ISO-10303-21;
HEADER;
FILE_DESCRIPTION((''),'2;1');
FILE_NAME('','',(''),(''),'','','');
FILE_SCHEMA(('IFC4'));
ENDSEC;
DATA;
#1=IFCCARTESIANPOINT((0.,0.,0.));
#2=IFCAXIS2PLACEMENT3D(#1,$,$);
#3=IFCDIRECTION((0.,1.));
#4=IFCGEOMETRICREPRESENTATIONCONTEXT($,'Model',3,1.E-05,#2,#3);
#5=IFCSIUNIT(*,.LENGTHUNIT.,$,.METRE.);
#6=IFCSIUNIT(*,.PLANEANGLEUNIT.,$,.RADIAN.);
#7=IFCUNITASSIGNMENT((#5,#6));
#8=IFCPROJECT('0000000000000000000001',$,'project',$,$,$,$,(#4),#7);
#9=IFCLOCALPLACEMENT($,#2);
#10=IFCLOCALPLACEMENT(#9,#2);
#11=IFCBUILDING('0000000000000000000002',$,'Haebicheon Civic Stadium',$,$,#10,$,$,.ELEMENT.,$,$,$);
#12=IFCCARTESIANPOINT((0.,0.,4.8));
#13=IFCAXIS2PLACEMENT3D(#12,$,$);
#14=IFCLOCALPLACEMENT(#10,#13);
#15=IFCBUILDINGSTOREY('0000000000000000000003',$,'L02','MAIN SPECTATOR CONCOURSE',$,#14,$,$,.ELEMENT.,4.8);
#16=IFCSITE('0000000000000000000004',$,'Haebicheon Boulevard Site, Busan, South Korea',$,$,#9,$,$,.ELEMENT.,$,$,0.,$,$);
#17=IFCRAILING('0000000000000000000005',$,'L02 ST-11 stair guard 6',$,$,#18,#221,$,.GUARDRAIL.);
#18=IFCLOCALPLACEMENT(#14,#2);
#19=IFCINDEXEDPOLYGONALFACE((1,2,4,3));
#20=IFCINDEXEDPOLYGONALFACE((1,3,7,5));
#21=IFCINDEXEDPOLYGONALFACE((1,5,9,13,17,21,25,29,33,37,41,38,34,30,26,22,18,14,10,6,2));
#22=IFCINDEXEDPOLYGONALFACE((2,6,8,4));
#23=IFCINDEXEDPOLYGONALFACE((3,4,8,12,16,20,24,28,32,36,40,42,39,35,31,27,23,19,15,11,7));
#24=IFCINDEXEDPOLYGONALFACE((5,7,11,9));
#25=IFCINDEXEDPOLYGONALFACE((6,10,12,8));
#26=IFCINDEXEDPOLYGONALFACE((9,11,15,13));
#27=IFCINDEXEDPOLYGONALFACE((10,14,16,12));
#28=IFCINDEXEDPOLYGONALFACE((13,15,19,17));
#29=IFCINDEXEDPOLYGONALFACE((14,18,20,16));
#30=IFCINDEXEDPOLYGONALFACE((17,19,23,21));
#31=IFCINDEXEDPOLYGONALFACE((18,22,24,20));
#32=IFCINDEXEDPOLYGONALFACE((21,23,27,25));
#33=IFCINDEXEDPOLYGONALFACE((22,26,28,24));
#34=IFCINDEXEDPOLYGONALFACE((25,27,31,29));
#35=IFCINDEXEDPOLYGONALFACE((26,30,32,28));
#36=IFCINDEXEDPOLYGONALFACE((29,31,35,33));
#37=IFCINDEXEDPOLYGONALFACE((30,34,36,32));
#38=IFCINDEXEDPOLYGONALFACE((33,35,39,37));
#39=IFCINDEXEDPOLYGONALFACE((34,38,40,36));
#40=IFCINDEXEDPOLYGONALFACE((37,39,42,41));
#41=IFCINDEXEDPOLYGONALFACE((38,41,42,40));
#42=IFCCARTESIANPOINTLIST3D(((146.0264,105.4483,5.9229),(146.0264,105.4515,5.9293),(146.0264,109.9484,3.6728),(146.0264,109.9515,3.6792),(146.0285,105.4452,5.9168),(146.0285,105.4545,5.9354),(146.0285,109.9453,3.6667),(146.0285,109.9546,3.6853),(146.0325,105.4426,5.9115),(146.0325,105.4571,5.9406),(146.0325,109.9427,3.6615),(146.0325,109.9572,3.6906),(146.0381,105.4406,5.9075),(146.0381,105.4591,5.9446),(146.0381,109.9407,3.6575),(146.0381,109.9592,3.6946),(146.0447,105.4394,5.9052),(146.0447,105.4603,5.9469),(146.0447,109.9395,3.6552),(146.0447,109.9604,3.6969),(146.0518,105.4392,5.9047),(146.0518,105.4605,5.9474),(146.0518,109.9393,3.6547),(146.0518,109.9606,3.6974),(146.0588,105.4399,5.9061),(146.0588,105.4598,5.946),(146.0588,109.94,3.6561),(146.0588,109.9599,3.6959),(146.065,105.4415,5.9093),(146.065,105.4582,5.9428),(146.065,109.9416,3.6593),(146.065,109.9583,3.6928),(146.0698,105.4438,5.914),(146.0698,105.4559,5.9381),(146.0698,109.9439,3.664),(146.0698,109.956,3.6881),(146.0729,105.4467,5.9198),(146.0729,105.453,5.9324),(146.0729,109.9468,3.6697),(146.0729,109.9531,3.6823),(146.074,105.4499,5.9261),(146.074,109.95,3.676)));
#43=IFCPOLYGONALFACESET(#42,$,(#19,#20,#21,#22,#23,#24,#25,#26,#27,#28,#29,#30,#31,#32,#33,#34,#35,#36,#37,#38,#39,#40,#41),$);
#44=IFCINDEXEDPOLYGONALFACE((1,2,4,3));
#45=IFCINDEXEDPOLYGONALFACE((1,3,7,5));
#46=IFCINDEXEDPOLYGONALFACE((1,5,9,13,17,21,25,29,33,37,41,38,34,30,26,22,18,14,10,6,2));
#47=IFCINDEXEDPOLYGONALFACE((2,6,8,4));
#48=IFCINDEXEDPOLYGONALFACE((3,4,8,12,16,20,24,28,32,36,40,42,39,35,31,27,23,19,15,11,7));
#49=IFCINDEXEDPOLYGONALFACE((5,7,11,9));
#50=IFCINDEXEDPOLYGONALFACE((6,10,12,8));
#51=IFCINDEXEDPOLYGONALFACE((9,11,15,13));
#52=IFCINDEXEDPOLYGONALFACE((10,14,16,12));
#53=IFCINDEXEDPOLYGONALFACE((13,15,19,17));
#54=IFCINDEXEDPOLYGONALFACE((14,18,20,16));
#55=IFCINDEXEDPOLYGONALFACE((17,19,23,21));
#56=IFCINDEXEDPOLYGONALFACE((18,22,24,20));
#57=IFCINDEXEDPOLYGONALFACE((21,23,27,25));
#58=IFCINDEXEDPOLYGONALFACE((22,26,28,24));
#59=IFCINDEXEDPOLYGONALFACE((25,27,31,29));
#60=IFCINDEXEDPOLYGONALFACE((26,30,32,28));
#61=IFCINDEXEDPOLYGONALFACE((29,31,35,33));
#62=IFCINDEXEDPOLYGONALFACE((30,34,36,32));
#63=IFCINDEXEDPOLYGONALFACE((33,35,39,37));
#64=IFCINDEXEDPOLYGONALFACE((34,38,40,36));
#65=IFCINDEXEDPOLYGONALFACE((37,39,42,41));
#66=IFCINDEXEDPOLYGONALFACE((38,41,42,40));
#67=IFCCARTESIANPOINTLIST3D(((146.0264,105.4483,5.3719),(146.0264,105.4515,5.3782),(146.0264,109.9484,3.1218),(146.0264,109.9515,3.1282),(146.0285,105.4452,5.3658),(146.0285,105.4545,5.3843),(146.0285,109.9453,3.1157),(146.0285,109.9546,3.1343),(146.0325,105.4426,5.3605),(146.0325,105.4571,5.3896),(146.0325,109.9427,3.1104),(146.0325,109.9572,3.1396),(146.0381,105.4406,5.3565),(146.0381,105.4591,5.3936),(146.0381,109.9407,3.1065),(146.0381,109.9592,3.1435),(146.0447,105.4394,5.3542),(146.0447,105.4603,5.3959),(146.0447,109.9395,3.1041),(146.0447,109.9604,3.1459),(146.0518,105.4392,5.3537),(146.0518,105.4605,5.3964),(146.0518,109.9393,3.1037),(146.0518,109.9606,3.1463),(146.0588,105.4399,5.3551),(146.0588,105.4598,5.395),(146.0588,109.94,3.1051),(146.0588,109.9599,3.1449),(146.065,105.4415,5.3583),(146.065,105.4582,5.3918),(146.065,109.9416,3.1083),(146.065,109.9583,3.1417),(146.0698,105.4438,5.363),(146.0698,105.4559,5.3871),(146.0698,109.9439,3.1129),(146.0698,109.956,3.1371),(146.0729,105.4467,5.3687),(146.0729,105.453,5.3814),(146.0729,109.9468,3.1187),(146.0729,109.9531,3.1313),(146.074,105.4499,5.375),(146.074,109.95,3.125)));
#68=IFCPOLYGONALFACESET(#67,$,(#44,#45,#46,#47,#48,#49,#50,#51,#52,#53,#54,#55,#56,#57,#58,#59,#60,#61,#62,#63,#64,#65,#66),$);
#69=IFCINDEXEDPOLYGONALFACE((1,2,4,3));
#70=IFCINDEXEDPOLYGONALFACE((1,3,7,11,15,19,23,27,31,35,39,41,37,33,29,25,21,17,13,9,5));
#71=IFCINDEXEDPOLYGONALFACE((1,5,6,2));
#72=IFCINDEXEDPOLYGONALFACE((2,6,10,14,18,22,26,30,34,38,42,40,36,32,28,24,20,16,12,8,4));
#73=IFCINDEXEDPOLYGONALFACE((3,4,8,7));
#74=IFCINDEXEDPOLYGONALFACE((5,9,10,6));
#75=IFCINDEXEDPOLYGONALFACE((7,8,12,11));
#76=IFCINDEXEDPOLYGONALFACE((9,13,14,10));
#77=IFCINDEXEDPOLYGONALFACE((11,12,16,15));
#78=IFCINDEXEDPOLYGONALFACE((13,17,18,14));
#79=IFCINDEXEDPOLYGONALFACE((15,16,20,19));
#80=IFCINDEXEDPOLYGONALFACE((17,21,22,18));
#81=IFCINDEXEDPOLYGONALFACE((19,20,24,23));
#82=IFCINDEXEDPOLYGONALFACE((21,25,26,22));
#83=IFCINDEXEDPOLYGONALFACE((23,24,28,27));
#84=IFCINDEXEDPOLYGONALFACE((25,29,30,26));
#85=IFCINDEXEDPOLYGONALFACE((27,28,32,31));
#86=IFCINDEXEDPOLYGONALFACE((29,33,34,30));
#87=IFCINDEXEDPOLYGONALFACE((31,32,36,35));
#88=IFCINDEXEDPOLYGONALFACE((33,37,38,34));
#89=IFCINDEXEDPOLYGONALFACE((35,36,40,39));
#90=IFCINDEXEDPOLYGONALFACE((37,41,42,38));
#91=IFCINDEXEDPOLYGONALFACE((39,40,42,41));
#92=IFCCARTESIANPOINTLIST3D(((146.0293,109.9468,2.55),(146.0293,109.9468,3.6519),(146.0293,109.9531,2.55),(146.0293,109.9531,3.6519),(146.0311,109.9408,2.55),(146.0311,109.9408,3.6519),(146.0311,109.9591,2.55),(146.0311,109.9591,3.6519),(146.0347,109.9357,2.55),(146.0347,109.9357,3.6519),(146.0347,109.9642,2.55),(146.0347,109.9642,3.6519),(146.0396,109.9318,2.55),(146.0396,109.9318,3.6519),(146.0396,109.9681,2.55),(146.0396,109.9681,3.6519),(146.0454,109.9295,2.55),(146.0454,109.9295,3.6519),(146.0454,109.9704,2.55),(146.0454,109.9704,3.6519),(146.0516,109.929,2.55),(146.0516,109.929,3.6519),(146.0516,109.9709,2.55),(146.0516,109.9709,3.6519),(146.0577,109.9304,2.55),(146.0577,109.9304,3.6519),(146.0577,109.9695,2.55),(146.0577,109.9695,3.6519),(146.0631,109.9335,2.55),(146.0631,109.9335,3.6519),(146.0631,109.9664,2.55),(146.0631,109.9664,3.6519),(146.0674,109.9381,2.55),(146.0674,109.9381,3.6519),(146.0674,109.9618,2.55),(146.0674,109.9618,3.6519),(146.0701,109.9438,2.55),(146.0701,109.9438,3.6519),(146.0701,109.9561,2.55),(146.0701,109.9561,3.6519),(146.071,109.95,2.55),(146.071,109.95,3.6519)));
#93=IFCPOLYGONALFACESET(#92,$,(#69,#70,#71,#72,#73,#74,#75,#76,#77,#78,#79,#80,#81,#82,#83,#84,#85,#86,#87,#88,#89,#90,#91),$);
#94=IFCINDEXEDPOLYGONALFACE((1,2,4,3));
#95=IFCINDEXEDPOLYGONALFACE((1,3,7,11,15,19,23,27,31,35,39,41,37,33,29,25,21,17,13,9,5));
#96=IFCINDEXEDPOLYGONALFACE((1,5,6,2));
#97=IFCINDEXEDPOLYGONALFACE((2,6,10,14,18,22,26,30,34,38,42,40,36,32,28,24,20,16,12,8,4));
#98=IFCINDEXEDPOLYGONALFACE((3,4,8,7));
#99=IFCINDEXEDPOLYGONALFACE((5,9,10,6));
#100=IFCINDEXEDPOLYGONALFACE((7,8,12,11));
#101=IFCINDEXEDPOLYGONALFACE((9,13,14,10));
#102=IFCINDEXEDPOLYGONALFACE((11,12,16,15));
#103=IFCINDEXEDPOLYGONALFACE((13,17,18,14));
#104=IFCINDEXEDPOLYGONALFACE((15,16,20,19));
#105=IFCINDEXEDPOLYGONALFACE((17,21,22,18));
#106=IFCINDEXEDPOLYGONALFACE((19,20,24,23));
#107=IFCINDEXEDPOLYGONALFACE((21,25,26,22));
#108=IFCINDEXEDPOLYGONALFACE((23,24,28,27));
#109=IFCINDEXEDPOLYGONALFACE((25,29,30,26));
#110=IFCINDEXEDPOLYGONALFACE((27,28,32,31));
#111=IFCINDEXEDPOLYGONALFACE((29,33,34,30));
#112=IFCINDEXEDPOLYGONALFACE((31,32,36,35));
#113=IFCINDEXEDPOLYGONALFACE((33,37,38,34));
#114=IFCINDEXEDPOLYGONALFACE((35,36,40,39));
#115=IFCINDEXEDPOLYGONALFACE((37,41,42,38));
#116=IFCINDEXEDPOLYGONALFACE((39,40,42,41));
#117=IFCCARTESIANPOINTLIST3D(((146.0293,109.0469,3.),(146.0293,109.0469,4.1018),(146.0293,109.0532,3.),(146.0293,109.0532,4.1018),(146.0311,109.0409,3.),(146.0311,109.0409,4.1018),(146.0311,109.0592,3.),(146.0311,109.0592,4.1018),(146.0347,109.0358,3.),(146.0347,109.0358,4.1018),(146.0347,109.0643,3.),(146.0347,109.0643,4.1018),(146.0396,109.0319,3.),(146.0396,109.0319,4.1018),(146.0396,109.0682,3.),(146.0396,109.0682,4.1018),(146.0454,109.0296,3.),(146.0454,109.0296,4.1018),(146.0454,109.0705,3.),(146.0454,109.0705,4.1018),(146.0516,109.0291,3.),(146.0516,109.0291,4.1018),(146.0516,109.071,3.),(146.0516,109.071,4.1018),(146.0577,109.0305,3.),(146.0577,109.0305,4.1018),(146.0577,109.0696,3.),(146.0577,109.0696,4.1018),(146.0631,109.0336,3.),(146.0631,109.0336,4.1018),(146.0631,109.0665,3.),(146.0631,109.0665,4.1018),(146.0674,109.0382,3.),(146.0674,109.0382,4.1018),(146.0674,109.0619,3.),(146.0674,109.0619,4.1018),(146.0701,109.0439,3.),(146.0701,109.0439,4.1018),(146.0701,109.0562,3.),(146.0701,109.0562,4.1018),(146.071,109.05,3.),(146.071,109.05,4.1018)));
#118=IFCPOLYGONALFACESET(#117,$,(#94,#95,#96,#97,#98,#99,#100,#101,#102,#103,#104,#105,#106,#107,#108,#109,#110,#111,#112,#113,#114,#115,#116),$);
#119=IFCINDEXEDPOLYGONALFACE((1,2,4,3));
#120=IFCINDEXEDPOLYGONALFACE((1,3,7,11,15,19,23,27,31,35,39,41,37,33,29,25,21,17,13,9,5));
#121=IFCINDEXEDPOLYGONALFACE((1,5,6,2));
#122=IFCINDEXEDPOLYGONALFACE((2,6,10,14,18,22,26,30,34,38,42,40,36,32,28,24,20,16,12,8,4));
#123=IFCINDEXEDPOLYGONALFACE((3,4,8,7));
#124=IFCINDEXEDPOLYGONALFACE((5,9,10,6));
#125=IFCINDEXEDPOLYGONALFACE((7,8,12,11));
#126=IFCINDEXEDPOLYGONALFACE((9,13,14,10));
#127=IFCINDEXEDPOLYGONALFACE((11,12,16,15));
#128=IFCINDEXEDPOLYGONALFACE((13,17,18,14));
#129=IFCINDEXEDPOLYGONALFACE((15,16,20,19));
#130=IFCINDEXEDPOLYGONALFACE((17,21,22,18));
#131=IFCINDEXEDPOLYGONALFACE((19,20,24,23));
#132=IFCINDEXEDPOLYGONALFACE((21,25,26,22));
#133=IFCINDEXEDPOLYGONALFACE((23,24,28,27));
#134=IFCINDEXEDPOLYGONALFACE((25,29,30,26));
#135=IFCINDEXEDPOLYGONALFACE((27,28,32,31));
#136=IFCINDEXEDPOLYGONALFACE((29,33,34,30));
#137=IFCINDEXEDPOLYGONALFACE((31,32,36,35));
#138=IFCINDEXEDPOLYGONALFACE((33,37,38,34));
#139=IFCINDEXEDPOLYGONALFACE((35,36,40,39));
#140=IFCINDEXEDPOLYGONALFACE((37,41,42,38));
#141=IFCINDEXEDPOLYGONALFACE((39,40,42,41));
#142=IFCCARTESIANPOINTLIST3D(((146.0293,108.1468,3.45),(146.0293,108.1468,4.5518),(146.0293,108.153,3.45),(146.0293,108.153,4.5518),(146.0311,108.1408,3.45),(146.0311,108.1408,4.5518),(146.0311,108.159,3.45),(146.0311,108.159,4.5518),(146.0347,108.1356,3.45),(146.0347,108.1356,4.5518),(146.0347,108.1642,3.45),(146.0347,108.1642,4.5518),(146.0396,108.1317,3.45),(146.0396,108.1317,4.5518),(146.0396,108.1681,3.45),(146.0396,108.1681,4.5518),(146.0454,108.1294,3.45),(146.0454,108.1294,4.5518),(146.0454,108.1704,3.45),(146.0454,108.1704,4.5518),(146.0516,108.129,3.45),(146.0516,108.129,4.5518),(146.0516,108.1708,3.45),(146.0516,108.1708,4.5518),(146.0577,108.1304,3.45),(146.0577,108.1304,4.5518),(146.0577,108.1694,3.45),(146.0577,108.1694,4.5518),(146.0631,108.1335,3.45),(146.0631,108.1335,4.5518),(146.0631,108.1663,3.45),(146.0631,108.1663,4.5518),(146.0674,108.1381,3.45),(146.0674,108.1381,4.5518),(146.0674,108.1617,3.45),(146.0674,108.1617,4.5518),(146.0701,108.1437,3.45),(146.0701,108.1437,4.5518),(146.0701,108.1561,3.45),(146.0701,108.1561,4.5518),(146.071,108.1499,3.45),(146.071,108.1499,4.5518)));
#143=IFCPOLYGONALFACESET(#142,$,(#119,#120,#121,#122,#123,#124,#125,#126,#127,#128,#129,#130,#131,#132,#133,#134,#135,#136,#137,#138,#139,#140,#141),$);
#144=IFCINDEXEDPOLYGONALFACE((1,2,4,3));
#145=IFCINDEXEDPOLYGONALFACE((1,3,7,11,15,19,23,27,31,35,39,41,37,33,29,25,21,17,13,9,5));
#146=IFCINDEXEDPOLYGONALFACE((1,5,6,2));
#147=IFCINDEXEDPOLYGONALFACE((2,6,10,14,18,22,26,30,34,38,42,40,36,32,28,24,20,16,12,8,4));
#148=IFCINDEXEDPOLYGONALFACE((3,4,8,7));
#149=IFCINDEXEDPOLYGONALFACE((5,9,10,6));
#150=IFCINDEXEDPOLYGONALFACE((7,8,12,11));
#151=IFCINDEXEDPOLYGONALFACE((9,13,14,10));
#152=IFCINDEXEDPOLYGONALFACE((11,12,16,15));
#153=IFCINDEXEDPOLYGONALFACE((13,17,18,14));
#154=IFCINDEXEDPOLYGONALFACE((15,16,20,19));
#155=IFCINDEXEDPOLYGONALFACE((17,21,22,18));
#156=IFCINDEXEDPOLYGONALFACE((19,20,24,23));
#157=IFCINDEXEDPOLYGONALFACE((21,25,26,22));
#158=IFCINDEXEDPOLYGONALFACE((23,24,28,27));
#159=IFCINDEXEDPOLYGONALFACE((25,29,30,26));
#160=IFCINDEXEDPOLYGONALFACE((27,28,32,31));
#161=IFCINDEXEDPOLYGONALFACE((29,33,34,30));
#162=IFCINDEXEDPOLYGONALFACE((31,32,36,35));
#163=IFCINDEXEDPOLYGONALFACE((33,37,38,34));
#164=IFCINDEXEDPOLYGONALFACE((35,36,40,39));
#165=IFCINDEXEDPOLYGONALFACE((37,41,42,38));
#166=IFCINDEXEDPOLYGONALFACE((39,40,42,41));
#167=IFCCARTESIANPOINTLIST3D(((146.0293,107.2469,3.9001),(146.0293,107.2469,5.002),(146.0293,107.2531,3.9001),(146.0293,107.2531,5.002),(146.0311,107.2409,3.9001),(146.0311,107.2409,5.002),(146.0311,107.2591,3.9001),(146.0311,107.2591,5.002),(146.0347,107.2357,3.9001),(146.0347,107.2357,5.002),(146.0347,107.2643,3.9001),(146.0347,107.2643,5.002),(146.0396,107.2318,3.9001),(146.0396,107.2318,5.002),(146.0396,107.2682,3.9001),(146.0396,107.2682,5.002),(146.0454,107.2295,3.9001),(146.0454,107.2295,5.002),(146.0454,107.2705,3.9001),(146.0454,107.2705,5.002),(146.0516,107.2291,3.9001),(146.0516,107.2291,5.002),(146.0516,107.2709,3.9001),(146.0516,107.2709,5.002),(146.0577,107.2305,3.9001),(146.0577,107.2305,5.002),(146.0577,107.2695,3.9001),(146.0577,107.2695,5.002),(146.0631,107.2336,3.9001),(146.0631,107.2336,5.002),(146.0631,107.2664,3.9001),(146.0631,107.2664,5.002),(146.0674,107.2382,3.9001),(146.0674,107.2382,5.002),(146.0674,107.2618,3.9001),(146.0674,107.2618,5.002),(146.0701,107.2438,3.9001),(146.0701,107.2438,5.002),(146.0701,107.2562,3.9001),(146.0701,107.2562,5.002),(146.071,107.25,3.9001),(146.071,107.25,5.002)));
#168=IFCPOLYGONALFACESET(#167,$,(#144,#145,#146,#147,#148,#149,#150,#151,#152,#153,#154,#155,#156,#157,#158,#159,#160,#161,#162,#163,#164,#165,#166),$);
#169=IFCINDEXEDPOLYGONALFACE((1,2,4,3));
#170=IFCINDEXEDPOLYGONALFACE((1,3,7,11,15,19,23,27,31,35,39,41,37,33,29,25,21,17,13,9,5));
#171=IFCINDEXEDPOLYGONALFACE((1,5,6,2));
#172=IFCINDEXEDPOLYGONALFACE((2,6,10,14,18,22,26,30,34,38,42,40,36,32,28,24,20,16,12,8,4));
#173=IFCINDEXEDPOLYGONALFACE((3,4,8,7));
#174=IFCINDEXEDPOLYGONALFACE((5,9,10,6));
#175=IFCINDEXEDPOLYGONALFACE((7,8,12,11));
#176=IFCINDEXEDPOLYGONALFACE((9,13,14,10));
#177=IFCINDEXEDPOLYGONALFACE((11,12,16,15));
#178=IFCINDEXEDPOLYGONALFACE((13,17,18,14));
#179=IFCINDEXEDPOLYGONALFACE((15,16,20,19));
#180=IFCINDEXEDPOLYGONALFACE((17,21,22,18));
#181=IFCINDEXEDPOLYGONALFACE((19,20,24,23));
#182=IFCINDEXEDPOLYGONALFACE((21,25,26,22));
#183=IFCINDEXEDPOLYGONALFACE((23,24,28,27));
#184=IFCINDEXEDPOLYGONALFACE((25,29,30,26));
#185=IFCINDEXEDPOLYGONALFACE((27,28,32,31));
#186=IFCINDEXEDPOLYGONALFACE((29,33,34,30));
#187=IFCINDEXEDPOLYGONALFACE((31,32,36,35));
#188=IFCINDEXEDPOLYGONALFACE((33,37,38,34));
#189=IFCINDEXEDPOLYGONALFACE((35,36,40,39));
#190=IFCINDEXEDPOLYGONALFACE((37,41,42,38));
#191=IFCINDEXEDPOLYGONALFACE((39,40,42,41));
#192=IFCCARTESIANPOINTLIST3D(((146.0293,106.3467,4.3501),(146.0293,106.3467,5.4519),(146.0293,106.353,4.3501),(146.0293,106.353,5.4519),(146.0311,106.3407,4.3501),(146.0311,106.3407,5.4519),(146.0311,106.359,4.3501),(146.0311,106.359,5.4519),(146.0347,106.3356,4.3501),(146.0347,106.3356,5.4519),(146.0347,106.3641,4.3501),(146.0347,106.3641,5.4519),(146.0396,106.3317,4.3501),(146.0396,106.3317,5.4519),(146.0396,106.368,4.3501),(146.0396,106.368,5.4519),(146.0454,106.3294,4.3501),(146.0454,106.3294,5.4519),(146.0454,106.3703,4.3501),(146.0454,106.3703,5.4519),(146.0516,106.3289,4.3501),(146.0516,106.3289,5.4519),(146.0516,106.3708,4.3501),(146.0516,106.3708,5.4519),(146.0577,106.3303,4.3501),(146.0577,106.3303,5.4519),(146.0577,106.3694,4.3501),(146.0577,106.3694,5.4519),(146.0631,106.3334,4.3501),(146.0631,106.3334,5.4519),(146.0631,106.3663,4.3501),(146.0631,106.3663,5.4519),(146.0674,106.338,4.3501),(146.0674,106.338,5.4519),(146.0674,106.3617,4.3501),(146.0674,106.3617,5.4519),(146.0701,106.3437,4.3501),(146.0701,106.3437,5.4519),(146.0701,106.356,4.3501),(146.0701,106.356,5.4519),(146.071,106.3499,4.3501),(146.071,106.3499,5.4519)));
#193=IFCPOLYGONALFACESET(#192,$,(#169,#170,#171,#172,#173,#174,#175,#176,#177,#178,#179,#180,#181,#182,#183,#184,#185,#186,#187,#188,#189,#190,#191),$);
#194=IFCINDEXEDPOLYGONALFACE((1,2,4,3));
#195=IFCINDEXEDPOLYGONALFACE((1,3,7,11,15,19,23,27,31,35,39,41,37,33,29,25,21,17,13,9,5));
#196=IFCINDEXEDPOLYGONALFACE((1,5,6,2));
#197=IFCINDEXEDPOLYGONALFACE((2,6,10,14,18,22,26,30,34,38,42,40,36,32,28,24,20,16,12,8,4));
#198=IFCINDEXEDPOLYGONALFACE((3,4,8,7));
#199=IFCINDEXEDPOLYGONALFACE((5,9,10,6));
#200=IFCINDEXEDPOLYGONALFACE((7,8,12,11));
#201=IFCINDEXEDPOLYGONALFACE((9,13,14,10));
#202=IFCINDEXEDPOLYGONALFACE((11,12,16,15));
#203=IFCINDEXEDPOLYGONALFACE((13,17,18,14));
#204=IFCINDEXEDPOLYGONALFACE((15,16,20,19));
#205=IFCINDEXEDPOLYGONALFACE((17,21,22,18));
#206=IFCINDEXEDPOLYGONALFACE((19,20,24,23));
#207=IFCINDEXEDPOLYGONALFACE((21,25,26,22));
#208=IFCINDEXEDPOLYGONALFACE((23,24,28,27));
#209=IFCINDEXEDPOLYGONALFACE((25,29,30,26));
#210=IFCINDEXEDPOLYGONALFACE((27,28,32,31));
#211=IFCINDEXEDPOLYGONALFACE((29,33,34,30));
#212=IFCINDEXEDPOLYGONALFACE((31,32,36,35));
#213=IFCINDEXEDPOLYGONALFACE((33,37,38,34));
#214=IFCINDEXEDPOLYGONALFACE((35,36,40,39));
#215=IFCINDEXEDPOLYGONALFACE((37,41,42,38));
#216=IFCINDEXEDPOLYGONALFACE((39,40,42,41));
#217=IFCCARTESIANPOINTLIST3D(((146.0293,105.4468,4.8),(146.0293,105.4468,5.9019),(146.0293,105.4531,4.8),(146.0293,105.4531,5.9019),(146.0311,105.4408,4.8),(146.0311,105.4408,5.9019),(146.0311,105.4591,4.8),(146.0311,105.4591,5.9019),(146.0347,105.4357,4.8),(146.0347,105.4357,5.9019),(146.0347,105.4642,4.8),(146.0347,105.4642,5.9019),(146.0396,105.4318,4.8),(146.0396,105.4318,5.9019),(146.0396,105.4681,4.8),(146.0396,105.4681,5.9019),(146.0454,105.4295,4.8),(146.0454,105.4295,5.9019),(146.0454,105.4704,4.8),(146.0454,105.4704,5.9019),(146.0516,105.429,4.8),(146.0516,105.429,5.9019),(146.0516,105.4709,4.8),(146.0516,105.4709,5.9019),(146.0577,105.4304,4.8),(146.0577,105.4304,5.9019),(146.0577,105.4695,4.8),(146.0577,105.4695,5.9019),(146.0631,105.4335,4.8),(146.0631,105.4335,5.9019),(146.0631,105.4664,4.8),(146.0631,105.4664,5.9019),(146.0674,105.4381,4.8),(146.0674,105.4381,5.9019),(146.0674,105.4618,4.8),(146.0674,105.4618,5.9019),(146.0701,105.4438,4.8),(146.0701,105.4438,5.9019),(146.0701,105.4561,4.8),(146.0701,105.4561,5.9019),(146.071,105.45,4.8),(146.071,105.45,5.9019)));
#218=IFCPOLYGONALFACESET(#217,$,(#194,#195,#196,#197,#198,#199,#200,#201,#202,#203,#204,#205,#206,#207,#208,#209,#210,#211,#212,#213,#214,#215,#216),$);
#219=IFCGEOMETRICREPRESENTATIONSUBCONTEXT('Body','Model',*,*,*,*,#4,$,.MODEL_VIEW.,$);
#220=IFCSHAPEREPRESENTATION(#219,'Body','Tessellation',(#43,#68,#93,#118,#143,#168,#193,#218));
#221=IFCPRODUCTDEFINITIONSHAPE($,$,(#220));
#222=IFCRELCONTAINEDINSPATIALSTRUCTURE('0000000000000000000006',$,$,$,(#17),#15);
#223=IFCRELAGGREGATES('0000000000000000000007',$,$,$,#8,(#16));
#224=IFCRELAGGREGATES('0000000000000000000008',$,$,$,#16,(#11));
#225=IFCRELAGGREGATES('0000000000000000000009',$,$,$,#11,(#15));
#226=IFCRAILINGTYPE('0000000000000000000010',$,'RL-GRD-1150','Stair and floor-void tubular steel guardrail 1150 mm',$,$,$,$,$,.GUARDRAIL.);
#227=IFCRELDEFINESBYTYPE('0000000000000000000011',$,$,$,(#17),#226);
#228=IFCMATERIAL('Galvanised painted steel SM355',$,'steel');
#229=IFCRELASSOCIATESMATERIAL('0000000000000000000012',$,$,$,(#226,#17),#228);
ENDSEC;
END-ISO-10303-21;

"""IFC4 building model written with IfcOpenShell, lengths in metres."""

from ifc_helpers import new_model, si_unit, direction, frame, origin, origin_2d, place, context, subcontext, project, spatial, circle, extrude, material, type_object, element, save


model = new_model("IFC4")

# Units and contexts
model_context = context("Model", 3, precision=1e-05, world=origin(), true_north=direction((0.0, 1.0)))
body_context = subcontext(model_context, "Body", "Model", "MODEL_VIEW")
ifc_project = project(units=[si_unit("LENGTHUNIT", "METRE"), si_unit("PLANEANGLEUNIT", "RADIAN")], contexts=[model_context])

# Site, building, storey
site_placement = place(None, origin())
site = spatial("IfcSite", under=ifc_project, at=site_placement, Name="Haebicheon Boulevard Site, Busan, South Korea", CompositionType="ELEMENT", RefElevation=0.0)
building_placement = place(site_placement, origin())
building = spatial("IfcBuilding", under=site, at=building_placement, Name="Haebicheon Civic Stadium", CompositionType="ELEMENT")
storey_placement = place(building_placement, frame((0.0, 0.0, 4.8)))
storey = spatial("IfcBuildingStorey", under=building, at=storey_placement, Name="L02", Description="MAIN SPECTATOR CONCOURSE", CompositionType="ELEMENT", Elevation=4.8)

# Railing
ifc_material_1 = material(Name="Galvanised painted steel SM355", Category="steel")
railing_type_1 = type_object("IfcRailingType", Name="RL-GRD-1150", Description="Stair and floor-void tubular steel guardrail 1150 mm", PredefinedType="GUARDRAIL", material=ifc_material_1)
railing_1_placement = place(storey_placement, frame((146.05, 109.95, 2.55)))
element("IfcRailing", 1, at=railing_1_placement, inside=storey, type_object=railing_type_1, material=ifc_material_1, Name="L02 ST-11 stair guard 6", PredefinedType="GUARDRAIL", context=body_context, shape_type="SweptSolid", body=[
    extrude(circle(Radius=0.0239, at=origin_2d()), frame((0.0, 0.0, 1.126), z_axis=(0.0, -0.894427, 0.447214), x_axis=(1.0, 0.0, 0.0)), (0.0, 0.0, 1.0), 5.0312),
    extrude(circle(Radius=0.0239, at=origin_2d()), frame((0.0, 0.0, 0.575), z_axis=(0.0, -0.894427, 0.447214), x_axis=(1.0, 0.0, 0.0)), (0.0, 0.0, 1.0), 5.0312),
    extrude(circle(Radius=0.021, at=origin_2d()), origin(), (0.0, 0.0, 1.0), 1.1018),
    extrude(circle(Radius=0.021, at=origin_2d()), frame((0.0, -0.8999, 0.45)), (0.0, 0.0, 1.0), 1.1018),
    extrude(circle(Radius=0.021, at=origin_2d()), frame((0.0, -1.8, 0.8999)), (0.0, 0.0, 1.0), 1.1018),
    extrude(circle(Radius=0.021, at=origin_2d()), frame((0.0, -2.7, 1.3501)), (0.0, 0.0, 1.0), 1.1018),
    extrude(circle(Radius=0.021, at=origin_2d()), frame((0.0, -3.6001, 1.8)), (0.0, 0.0, 1.0), 1.1018),
    extrude(circle(Radius=0.021, at=origin_2d()), frame((0.0, -4.5, 2.25)), (0.0, 0.0, 1.0), 1.1018),
])

save(model, "model.ifc")
